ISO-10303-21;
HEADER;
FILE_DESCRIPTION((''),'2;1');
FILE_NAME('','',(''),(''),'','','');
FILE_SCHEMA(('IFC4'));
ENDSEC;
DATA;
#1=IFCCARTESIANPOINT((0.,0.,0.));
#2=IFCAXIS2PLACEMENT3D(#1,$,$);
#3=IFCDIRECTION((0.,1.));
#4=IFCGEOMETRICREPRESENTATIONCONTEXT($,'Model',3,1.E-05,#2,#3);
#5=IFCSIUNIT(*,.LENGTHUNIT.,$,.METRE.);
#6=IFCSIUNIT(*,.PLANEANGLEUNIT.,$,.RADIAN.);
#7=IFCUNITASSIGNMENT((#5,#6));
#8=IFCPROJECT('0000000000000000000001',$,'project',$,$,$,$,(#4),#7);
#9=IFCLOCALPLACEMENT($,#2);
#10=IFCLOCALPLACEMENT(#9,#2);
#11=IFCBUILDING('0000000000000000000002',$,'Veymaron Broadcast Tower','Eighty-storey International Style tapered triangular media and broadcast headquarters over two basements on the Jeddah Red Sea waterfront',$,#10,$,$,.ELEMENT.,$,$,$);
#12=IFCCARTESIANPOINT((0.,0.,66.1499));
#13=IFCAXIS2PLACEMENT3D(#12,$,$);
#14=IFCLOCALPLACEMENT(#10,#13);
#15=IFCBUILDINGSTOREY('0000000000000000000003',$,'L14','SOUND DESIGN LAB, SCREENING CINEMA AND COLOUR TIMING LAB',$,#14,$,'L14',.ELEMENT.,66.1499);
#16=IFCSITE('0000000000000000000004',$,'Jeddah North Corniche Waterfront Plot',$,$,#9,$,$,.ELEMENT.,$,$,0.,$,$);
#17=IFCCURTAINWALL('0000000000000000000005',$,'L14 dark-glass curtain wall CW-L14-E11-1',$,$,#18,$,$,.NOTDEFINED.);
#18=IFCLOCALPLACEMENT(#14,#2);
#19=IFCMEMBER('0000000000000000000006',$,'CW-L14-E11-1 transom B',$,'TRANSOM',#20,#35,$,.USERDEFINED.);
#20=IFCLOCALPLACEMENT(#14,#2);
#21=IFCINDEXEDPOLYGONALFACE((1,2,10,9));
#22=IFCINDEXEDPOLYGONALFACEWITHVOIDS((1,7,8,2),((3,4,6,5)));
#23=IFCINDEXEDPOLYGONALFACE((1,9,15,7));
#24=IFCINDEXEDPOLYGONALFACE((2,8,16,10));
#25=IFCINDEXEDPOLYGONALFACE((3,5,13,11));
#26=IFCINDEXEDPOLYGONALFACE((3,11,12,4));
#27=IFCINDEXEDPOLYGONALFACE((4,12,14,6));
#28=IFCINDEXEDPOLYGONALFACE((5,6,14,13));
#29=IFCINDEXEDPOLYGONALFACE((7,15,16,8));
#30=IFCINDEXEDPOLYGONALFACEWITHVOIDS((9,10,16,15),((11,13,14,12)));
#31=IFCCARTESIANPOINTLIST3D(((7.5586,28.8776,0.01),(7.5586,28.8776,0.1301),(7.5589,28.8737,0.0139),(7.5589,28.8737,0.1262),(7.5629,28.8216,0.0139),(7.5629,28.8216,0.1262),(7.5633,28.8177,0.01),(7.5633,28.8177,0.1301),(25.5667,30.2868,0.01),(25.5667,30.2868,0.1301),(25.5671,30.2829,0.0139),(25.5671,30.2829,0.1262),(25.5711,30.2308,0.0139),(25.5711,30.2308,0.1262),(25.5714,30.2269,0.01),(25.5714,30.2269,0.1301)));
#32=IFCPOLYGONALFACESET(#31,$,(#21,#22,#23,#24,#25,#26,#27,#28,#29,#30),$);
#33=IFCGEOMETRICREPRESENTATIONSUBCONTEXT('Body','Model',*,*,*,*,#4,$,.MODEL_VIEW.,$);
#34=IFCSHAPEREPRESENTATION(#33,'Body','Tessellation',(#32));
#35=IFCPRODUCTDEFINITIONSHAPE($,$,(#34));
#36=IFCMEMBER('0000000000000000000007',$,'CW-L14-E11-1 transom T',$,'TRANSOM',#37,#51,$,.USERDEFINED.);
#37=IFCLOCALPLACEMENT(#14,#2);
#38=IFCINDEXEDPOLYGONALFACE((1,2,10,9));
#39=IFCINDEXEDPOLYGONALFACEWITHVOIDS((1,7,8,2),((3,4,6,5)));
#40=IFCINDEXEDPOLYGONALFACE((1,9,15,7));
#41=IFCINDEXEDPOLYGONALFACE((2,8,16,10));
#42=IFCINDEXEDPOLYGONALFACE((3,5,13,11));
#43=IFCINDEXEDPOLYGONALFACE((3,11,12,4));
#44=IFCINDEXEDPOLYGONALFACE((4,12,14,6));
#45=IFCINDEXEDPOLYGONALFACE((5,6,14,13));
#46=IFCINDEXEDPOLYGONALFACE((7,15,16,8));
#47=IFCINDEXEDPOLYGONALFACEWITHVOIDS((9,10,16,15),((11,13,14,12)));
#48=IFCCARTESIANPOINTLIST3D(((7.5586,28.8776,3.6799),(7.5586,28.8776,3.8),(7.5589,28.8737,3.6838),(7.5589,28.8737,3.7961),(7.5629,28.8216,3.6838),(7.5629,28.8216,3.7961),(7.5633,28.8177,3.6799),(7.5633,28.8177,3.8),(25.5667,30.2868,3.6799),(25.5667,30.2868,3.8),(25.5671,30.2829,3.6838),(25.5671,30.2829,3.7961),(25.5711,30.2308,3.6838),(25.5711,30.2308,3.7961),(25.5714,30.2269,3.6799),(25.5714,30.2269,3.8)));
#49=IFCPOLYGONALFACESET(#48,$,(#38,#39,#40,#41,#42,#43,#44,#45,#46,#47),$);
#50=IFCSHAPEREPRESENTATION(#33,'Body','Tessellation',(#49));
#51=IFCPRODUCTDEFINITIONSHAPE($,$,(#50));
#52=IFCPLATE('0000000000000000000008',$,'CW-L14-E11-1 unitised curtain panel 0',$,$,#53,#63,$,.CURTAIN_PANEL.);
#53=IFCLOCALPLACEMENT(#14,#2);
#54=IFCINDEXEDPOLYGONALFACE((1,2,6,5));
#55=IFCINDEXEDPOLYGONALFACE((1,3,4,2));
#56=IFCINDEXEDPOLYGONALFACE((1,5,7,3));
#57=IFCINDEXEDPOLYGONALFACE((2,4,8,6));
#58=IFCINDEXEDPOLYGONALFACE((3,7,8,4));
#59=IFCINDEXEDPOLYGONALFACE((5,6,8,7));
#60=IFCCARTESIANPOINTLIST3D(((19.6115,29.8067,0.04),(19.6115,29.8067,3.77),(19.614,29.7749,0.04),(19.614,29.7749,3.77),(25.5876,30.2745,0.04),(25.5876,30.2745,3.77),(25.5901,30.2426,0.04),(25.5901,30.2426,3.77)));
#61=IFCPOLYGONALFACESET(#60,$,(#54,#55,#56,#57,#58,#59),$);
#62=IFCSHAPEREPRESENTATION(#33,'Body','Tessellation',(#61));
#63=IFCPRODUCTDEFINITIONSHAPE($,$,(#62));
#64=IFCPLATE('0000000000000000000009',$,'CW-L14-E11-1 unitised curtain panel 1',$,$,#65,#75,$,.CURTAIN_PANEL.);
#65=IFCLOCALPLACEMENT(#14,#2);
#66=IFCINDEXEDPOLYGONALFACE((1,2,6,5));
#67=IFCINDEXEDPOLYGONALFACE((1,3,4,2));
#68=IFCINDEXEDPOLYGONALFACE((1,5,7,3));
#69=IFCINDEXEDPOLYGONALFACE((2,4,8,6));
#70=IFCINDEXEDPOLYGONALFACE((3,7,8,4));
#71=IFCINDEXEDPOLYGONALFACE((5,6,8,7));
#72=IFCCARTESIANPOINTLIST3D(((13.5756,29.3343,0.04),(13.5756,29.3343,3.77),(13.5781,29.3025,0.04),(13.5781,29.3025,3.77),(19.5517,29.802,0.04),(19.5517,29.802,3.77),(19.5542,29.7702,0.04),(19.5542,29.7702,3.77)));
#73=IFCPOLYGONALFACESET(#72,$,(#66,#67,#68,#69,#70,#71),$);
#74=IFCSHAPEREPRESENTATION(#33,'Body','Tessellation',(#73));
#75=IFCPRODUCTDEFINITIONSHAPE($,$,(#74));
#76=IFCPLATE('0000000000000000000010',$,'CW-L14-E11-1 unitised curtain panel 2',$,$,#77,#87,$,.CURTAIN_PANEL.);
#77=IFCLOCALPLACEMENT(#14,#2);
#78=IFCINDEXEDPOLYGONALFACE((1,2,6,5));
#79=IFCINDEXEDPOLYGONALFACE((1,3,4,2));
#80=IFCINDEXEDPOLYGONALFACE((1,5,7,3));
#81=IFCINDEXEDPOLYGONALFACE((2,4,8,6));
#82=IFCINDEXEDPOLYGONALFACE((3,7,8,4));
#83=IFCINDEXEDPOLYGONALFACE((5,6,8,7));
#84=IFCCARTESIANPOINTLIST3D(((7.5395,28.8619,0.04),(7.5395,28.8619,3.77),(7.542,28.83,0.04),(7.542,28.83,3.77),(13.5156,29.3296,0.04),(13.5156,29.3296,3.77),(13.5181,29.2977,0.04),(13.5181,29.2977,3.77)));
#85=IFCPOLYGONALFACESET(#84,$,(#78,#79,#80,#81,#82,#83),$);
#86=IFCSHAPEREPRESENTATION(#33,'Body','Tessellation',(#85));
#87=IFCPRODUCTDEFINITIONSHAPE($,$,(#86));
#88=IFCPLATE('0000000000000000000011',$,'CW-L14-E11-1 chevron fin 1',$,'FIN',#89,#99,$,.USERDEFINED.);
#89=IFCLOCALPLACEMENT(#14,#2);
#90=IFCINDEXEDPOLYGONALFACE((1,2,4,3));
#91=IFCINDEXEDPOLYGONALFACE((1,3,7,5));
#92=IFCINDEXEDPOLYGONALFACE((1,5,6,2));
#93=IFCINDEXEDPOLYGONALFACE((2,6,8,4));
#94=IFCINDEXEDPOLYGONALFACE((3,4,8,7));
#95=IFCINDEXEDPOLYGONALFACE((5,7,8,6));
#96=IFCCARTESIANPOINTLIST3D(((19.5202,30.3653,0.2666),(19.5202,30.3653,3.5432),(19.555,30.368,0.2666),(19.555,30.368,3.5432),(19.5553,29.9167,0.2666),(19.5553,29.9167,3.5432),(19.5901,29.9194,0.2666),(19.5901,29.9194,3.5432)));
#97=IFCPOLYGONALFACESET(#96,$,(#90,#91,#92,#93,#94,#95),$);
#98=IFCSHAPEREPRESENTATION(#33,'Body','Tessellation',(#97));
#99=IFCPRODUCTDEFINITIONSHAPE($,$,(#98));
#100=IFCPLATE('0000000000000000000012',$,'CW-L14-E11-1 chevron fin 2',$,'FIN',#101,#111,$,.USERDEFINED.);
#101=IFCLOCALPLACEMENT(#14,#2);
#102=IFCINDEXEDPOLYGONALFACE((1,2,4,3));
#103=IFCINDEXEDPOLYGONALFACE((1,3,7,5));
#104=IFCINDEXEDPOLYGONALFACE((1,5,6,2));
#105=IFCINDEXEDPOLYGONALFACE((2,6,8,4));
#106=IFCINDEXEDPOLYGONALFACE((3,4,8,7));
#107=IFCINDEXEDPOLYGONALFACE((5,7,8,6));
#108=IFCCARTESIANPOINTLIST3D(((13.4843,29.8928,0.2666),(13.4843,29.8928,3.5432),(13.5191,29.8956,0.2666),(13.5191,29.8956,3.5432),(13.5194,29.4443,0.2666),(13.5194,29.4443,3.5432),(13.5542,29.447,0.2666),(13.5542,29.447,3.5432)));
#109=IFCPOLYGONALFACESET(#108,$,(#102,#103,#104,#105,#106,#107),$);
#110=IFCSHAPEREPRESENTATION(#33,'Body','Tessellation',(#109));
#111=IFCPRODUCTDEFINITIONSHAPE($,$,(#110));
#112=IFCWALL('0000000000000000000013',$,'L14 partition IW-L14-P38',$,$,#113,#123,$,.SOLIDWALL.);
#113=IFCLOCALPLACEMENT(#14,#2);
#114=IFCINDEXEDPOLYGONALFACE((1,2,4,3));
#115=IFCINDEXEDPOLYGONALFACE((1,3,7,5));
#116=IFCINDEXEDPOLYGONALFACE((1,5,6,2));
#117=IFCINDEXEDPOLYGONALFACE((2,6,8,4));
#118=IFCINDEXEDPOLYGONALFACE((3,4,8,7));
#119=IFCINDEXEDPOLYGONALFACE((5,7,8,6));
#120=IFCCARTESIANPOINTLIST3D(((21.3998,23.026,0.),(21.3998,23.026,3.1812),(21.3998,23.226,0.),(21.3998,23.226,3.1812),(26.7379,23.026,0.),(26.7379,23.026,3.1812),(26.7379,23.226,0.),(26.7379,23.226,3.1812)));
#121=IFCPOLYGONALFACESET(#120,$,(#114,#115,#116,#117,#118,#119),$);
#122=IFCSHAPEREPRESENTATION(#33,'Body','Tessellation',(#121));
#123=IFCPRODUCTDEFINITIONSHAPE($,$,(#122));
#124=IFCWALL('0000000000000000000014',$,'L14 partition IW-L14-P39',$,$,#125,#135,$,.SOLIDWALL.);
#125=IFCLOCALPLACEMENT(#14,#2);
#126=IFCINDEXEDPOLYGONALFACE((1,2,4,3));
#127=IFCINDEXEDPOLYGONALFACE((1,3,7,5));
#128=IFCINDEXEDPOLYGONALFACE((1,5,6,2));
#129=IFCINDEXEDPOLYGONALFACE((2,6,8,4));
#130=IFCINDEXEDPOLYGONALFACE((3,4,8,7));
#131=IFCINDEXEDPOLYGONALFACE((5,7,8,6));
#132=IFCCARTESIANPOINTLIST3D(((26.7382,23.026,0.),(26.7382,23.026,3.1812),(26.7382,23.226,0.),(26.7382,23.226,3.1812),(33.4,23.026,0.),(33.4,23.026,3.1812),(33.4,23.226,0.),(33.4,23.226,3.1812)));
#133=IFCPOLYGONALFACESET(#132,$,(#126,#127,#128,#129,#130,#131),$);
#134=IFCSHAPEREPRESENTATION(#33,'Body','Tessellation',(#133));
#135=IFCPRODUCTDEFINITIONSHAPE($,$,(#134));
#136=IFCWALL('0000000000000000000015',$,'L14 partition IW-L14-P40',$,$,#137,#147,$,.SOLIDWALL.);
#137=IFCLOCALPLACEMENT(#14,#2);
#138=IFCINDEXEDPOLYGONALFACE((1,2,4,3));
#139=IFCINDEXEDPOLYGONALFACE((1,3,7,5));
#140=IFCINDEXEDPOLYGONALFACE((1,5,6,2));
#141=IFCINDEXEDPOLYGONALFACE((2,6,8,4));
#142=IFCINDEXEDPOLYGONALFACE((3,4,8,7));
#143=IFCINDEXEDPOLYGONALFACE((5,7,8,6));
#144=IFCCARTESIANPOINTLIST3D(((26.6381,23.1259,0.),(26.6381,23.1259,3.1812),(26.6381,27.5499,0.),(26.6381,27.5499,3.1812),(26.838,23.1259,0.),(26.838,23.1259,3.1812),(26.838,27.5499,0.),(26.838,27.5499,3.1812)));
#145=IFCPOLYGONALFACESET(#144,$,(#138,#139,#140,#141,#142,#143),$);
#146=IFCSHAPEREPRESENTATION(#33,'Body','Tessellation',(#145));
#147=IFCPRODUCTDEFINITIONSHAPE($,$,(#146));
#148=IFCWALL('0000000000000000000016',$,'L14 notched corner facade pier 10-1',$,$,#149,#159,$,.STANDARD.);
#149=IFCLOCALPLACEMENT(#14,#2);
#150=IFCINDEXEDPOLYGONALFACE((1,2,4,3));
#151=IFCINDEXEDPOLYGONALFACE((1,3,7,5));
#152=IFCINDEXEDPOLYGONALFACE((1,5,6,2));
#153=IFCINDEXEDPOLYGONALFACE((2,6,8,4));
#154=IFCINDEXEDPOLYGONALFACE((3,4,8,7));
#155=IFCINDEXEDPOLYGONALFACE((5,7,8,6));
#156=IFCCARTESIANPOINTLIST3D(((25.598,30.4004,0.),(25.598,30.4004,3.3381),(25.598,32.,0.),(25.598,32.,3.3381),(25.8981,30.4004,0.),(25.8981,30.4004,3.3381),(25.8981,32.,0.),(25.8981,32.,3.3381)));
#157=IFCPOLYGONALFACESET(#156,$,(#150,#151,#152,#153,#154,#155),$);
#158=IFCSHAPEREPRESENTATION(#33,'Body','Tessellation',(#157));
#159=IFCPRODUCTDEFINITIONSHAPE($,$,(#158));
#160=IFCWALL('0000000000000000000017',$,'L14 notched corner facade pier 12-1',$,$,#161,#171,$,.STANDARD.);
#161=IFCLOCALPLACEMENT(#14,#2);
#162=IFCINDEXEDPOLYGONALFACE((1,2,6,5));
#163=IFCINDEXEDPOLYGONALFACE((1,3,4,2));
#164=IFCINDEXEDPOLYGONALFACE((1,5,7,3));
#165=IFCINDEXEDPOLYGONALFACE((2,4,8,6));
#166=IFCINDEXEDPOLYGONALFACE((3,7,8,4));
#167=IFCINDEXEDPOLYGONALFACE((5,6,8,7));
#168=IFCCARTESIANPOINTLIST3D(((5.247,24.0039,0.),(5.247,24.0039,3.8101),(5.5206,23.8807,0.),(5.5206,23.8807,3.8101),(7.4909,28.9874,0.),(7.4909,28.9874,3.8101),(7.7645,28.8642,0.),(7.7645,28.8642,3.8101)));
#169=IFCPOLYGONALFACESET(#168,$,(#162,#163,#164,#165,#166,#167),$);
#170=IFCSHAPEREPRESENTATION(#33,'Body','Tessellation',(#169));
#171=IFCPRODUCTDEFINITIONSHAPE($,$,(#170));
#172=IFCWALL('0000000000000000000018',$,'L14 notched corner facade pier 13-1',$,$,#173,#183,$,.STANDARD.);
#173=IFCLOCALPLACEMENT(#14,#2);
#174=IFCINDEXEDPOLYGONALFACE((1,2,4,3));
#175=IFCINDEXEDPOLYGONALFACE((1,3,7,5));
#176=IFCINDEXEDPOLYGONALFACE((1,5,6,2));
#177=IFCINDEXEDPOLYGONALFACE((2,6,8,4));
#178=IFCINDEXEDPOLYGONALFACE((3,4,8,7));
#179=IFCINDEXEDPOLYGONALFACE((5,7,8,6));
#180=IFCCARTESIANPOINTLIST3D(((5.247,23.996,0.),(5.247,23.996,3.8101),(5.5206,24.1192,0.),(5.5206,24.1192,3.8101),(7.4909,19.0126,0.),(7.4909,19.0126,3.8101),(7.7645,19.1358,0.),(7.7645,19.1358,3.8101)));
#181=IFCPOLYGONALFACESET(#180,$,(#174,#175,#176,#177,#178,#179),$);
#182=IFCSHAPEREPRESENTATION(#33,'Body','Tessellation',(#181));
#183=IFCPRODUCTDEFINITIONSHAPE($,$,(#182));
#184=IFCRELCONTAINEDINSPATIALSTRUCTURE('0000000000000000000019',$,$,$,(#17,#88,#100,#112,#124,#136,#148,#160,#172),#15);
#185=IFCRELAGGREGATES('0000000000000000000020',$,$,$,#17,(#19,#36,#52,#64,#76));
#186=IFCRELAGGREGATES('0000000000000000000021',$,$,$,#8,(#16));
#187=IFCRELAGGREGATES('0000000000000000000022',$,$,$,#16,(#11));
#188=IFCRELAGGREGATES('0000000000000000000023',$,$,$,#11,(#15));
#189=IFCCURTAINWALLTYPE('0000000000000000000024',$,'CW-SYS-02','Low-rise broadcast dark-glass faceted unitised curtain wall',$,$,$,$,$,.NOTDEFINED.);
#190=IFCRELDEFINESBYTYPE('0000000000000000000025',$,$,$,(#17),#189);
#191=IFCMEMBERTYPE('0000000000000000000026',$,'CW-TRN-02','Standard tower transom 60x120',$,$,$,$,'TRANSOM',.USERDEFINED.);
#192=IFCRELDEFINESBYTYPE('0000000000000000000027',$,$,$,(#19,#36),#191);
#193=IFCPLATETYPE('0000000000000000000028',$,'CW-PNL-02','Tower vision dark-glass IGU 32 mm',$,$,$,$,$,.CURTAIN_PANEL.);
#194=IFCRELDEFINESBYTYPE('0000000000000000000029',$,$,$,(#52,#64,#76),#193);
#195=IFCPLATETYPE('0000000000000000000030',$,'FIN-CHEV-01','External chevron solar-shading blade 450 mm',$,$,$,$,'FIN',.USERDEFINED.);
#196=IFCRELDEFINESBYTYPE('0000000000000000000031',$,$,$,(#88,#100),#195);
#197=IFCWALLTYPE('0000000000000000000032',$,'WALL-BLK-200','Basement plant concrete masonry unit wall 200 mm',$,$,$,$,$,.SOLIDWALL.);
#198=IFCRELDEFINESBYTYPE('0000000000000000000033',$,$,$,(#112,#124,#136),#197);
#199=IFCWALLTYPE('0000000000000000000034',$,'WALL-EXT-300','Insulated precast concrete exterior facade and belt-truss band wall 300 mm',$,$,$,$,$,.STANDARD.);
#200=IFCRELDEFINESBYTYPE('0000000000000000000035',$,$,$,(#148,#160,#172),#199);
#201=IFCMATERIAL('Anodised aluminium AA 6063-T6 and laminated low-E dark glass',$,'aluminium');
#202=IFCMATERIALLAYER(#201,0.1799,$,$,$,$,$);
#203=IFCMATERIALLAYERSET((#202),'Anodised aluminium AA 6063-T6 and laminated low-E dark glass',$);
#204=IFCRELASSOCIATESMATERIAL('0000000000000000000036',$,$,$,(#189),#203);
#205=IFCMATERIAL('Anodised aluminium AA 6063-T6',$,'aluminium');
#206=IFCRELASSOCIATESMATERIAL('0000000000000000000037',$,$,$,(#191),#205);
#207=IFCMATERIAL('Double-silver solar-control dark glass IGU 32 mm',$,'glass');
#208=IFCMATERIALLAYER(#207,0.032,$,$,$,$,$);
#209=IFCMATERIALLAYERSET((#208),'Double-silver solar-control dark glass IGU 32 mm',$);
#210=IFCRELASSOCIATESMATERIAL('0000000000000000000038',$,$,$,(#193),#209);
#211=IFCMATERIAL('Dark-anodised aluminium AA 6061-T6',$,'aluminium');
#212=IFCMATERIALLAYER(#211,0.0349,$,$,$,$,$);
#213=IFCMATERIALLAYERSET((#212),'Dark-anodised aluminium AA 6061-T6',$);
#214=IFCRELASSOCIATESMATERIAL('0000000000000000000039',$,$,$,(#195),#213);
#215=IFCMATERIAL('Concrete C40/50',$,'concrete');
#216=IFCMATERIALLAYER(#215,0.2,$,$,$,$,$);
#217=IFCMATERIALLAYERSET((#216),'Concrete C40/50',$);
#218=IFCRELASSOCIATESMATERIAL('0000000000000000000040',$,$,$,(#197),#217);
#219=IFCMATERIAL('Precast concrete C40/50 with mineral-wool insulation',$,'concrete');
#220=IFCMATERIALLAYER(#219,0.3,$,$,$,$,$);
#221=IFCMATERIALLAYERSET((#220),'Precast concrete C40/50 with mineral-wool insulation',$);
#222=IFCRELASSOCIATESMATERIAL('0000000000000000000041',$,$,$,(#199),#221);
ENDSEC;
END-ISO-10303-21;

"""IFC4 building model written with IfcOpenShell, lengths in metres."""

from ifc_helpers import new_model, si_unit, direction, frame, frame_2d, origin, origin_2d, place, context, subcontext, project, spatial, rectangle, hollow_rectangle, extrude, material, layer, layer_set, material_profile, profile_set, type_object, element, aggregate, save


model = new_model("IFC4")

# Units and contexts
model_context = context("Model", 3, precision=1e-05, world=origin(), true_north=direction((0.0, 1.0)))
body_context = subcontext(model_context, "Body", "Model", "MODEL_VIEW")
ifc_project = project(units=[si_unit("LENGTHUNIT", "METRE"), si_unit("PLANEANGLEUNIT", "RADIAN")], contexts=[model_context])

# Site, building, storey
site_placement = place(None, origin())
site = spatial("IfcSite", under=ifc_project, at=site_placement, Name="Jeddah North Corniche Waterfront Plot", CompositionType="ELEMENT", RefElevation=0.0)
building_placement = place(site_placement, origin())
building = spatial("IfcBuilding", under=site, at=building_placement, Name="Veymaron Broadcast Tower", Description="Eighty-storey International Style tapered triangular media and broadcast headquarters over two basements on the Jeddah Red Sea waterfront", CompositionType="ELEMENT")
storey_placement = place(building_placement, frame((0.0, 0.0, 66.1499)))
storey = spatial("IfcBuildingStorey", under=building, at=storey_placement, Name="L14", Description="SOUND DESIGN LAB, SCREENING CINEMA AND COLOUR TIMING LAB", LongName="L14", CompositionType="ELEMENT", Elevation=66.1499)

# Curtain wall, members, plates
ifc_material_1 = material(Name="Anodised aluminium AA 6063-T6 and laminated low-E dark glass", Category="aluminium")
ifc_layer_1 = layer(ifc_material_1, 0.1799)
ifc_layer_set_1 = layer_set([ifc_layer_1], Name="Anodised aluminium AA 6063-T6 and laminated low-E dark glass")
curtain_wall_type = type_object("IfcCurtainWallType", Name="CW-SYS-02", Description="Low-rise broadcast dark-glass faceted unitised curtain wall", PredefinedType="NOTDEFINED", material=ifc_layer_set_1)
curtain_wall_placement = place(storey_placement, origin())
curtain_wall = element("IfcCurtainWall", 1, at=curtain_wall_placement, inside=storey, type_object=curtain_wall_type, Name="L14 dark-glass curtain wall CW-L14-E11-1", PredefinedType="NOTDEFINED")
ifc_material_2 = material(Name="Anodised aluminium AA 6063-T6", Category="aluminium")
ifc_material_profile_1 = material_profile(ifc_material_2, hollow_rectangle(XDim=0.0601, YDim=0.1201, WallThickness=0.0039, at=origin_2d()), Name="AL120X60X4")
ifc_profile_set_1 = profile_set([ifc_material_profile_1], Name="Anodised aluminium AA 6063-T6")
member_type_1 = type_object("IfcMemberType", Name="CW-TRN-02", Description="Standard tower transom 60x120", ElementType="TRANSOM", PredefinedType="USERDEFINED", material=ifc_profile_set_1)
member_1_placement = place(storey_placement, frame((25.5691, 30.2568, 0.0701), z_axis=(-0.996952, -0.078013, 0.0), x_axis=(0.078013, -0.996952, 0.0)))
member_1 = element("IfcMember", 2, at=member_1_placement, type_object=member_type_1, Name="CW-L14-E11-1 transom B", ObjectType="TRANSOM", PredefinedType="USERDEFINED", context=body_context, shape_type="SweptSolid", body=[
    extrude(hollow_rectangle(XDim=0.0601, YDim=0.1201, WallThickness=0.0039, at=origin_2d()), origin(), (0.0, 0.0, 1.0), 18.0632),
])
member_2_placement = place(storey_placement, frame((25.5691, 30.2568, 3.74), z_axis=(-0.996952, -0.078013, 0.0), x_axis=(0.078013, -0.996952, 0.0)))
member_2 = element("IfcMember", 3, at=member_2_placement, type_object=member_type_1, Name="CW-L14-E11-1 transom T", ObjectType="TRANSOM", PredefinedType="USERDEFINED", context=body_context, shape_type="SweptSolid", body=[
    extrude(hollow_rectangle(XDim=0.0601, YDim=0.1201, WallThickness=0.0039, at=origin_2d()), origin(), (0.0, 0.0, 1.0), 18.0632),
])
ifc_material_3 = material(Name="Double-silver solar-control dark glass IGU 32 mm", Category="glass")
ifc_layer_2 = layer(ifc_material_3, 0.032)
ifc_layer_set_2 = layer_set([ifc_layer_2], Name="Double-silver solar-control dark glass IGU 32 mm")
plate_type_1 = type_object("IfcPlateType", Name="CW-PNL-02", Description="Tower vision dark-glass IGU 32 mm", PredefinedType="CURTAIN_PANEL", material=ifc_layer_set_2)
plate_1_placement = place(storey_placement, frame((22.6008, 30.0247, 0.04), z_axis=(0.0, 0.0, 1.0), x_axis=(-0.996951, -0.078024, 0.0)))
plate_1 = element("IfcPlate", 4, at=plate_1_placement, type_object=plate_type_1, Name="CW-L14-E11-1 unitised curtain panel 0", PredefinedType="CURTAIN_PANEL", context=body_context, shape_type="SweptSolid", body=[
    extrude(rectangle(XDim=5.9944, YDim=0.032, at=origin_2d()), origin(), (0.0, 0.0, 1.0), 3.73),
])
plate_2_placement = place(storey_placement, frame((16.5649, 29.5522, 0.04), z_axis=(0.0, 0.0, 1.0), x_axis=(-0.996951, -0.078024, 0.0)))
plate_2 = element("IfcPlate", 5, at=plate_2_placement, type_object=plate_type_1, Name="CW-L14-E11-1 unitised curtain panel 1", PredefinedType="CURTAIN_PANEL", context=body_context, shape_type="SweptSolid", body=[
    extrude(rectangle(XDim=5.9944, YDim=0.032, at=origin_2d()), origin(), (0.0, 0.0, 1.0), 3.73),
])
plate_3_placement = place(storey_placement, frame((10.5288, 29.0798, 0.04), z_axis=(0.0, 0.0, 1.0), x_axis=(-0.996951, -0.078024, 0.0)))
plate_3 = element("IfcPlate", 6, at=plate_3_placement, type_object=plate_type_1, Name="CW-L14-E11-1 unitised curtain panel 2", PredefinedType="CURTAIN_PANEL", context=body_context, shape_type="SweptSolid", body=[
    extrude(rectangle(XDim=5.9944, YDim=0.032, at=origin_2d()), origin(), (0.0, 0.0, 1.0), 3.73),
])
aggregate(curtain_wall, [member_1, member_2, plate_1, plate_2, plate_3])

# Plates
ifc_material_4 = material(Name="Dark-anodised aluminium AA 6061-T6", Category="aluminium")
ifc_layer_3 = layer(ifc_material_4, 0.0349)
ifc_layer_set_3 = layer_set([ifc_layer_3], Name="Dark-anodised aluminium AA 6061-T6")
plate_type_2 = type_object("IfcPlateType", Name="FIN-CHEV-01", Description="External chevron solar-shading blade 450 mm", ElementType="FIN", PredefinedType="USERDEFINED", material=ifc_layer_set_3)
for number, where, z_axis, x_axis, name in (
    (7, (19.5552, 30.1423, 0.2666), (0.0, 0.0, 1.0), (-0.078024, 0.996951, 0.0), "CW-L14-E11-1 chevron fin 1"),
    (8, (13.5193, 29.6699, 0.2666), (0.0, 0.0, 1.0), (-0.078024, 0.996951, 0.0), "CW-L14-E11-1 chevron fin 2"),
):
    element("IfcPlate", number, at=place(storey_placement, frame(where, z_axis=z_axis, x_axis=x_axis)), inside=storey, type_object=plate_type_2, Name=name, ObjectType="FIN", PredefinedType="USERDEFINED", context=body_context, shape_type="SweptSolid", body=[
        extrude(rectangle(XDim=0.45, YDim=0.0349, at=origin_2d()), origin(), (0.0, 0.0, 1.0), 3.2766),
    ])

# Walls
ifc_material_5 = material(Name="Concrete C40/50", Category="concrete")
ifc_layer_4 = layer(ifc_material_5, 0.2)
ifc_layer_set_4 = layer_set([ifc_layer_4], Name="Concrete C40/50")
wall_type_1 = type_object("IfcWallType", Name="WALL-BLK-200", Description="Basement plant concrete masonry unit wall 200 mm", PredefinedType="SOLIDWALL", material=ifc_layer_set_4)
wall_1_placement = place(storey_placement, frame((21.3999, 23.126, 0.0), z_axis=(0.0, 0.0, 1.0), x_axis=(1.0, 0.0, 0.0)))
element("IfcWall", 9, at=wall_1_placement, inside=storey, type_object=wall_type_1, Name="L14 partition IW-L14-P38", PredefinedType="SOLIDWALL", context=body_context, shape_type="SweptSolid", body=[
    extrude(rectangle(XDim=5.3381, YDim=0.2, at=frame_2d((2.6689, 0.0))), origin(), (0.0, 0.0, 1.0), 3.1812),
])
wall_2_placement = place(storey_placement, frame((26.738, 23.126, 0.0), z_axis=(0.0, 0.0, 1.0), x_axis=(1.0, 0.0, 0.0)))
element("IfcWall", 10, at=wall_2_placement, inside=storey, type_object=wall_type_1, Name="L14 partition IW-L14-P39", PredefinedType="SOLIDWALL", context=body_context, shape_type="SweptSolid", body=[
    extrude(rectangle(XDim=6.6619, YDim=0.2, at=frame_2d((3.3311, 0.0))), origin(), (0.0, 0.0, 1.0), 3.1812),
])
wall_3_placement = place(storey_placement, frame((26.738, 23.126, 0.0), z_axis=(0.0, 0.0, 1.0), x_axis=(0.0, 1.0, 0.0)))
element("IfcWall", 11, at=wall_3_placement, inside=storey, type_object=wall_type_1, Name="L14 partition IW-L14-P40", PredefinedType="SOLIDWALL", context=body_context, shape_type="SweptSolid", body=[
    extrude(rectangle(XDim=4.4241, YDim=0.2, at=frame_2d((2.2119, 0.0))), origin(), (0.0, 0.0, 1.0), 3.1812),
])
ifc_material_6 = material(Name="Precast concrete C40/50 with mineral-wool insulation", Category="concrete")
ifc_layer_5 = layer(ifc_material_6, 0.3)
ifc_layer_set_5 = layer_set([ifc_layer_5], Name="Precast concrete C40/50 with mineral-wool insulation")
wall_type_2 = type_object("IfcWallType", Name="WALL-EXT-300", Description="Insulated precast concrete exterior facade and belt-truss band wall 300 mm", PredefinedType="STANDARD", material=ifc_layer_set_5)
wall_4_placement = place(storey_placement, frame((25.748, 32.0, 0.0), z_axis=(0.0, 0.0, 1.0), x_axis=(0.0, -1.0, 0.0)))
element("IfcWall", 12, at=wall_4_placement, inside=storey, type_object=wall_type_2, Name="L14 notched corner facade pier 10-1", PredefinedType="STANDARD", context=body_context, shape_type="SweptSolid", body=[
    extrude(rectangle(XDim=1.5996, YDim=0.3, at=frame_2d((0.7998, 0.0))), origin(), (0.0, 0.0, 1.0), 3.3381),
])
for number, where, z_axis, x_axis, name in (
    (13, (7.6277, 28.9258, 0.0), (0.0, 0.0, 1.0), (-0.410573, -0.911828, 0.0), "L14 notched corner facade pier 12-1"),
    (14, (5.3838, 24.0576, 0.0), (0.0, 0.0, 1.0), (0.410573, -0.911828, 0.0), "L14 notched corner facade pier 13-1"),
):
    element("IfcWall", number, at=place(storey_placement, frame(where, z_axis=z_axis, x_axis=x_axis)), inside=storey, type_object=wall_type_2, Name=name, PredefinedType="STANDARD", context=body_context, shape_type="SweptSolid", body=[
        extrude(rectangle(XDim=5.4653, YDim=0.3, at=frame_2d((2.7327, 0.0))), origin(), (0.0, 0.0, 1.0), 3.8101),
    ])

save(model, "model.ifc")
